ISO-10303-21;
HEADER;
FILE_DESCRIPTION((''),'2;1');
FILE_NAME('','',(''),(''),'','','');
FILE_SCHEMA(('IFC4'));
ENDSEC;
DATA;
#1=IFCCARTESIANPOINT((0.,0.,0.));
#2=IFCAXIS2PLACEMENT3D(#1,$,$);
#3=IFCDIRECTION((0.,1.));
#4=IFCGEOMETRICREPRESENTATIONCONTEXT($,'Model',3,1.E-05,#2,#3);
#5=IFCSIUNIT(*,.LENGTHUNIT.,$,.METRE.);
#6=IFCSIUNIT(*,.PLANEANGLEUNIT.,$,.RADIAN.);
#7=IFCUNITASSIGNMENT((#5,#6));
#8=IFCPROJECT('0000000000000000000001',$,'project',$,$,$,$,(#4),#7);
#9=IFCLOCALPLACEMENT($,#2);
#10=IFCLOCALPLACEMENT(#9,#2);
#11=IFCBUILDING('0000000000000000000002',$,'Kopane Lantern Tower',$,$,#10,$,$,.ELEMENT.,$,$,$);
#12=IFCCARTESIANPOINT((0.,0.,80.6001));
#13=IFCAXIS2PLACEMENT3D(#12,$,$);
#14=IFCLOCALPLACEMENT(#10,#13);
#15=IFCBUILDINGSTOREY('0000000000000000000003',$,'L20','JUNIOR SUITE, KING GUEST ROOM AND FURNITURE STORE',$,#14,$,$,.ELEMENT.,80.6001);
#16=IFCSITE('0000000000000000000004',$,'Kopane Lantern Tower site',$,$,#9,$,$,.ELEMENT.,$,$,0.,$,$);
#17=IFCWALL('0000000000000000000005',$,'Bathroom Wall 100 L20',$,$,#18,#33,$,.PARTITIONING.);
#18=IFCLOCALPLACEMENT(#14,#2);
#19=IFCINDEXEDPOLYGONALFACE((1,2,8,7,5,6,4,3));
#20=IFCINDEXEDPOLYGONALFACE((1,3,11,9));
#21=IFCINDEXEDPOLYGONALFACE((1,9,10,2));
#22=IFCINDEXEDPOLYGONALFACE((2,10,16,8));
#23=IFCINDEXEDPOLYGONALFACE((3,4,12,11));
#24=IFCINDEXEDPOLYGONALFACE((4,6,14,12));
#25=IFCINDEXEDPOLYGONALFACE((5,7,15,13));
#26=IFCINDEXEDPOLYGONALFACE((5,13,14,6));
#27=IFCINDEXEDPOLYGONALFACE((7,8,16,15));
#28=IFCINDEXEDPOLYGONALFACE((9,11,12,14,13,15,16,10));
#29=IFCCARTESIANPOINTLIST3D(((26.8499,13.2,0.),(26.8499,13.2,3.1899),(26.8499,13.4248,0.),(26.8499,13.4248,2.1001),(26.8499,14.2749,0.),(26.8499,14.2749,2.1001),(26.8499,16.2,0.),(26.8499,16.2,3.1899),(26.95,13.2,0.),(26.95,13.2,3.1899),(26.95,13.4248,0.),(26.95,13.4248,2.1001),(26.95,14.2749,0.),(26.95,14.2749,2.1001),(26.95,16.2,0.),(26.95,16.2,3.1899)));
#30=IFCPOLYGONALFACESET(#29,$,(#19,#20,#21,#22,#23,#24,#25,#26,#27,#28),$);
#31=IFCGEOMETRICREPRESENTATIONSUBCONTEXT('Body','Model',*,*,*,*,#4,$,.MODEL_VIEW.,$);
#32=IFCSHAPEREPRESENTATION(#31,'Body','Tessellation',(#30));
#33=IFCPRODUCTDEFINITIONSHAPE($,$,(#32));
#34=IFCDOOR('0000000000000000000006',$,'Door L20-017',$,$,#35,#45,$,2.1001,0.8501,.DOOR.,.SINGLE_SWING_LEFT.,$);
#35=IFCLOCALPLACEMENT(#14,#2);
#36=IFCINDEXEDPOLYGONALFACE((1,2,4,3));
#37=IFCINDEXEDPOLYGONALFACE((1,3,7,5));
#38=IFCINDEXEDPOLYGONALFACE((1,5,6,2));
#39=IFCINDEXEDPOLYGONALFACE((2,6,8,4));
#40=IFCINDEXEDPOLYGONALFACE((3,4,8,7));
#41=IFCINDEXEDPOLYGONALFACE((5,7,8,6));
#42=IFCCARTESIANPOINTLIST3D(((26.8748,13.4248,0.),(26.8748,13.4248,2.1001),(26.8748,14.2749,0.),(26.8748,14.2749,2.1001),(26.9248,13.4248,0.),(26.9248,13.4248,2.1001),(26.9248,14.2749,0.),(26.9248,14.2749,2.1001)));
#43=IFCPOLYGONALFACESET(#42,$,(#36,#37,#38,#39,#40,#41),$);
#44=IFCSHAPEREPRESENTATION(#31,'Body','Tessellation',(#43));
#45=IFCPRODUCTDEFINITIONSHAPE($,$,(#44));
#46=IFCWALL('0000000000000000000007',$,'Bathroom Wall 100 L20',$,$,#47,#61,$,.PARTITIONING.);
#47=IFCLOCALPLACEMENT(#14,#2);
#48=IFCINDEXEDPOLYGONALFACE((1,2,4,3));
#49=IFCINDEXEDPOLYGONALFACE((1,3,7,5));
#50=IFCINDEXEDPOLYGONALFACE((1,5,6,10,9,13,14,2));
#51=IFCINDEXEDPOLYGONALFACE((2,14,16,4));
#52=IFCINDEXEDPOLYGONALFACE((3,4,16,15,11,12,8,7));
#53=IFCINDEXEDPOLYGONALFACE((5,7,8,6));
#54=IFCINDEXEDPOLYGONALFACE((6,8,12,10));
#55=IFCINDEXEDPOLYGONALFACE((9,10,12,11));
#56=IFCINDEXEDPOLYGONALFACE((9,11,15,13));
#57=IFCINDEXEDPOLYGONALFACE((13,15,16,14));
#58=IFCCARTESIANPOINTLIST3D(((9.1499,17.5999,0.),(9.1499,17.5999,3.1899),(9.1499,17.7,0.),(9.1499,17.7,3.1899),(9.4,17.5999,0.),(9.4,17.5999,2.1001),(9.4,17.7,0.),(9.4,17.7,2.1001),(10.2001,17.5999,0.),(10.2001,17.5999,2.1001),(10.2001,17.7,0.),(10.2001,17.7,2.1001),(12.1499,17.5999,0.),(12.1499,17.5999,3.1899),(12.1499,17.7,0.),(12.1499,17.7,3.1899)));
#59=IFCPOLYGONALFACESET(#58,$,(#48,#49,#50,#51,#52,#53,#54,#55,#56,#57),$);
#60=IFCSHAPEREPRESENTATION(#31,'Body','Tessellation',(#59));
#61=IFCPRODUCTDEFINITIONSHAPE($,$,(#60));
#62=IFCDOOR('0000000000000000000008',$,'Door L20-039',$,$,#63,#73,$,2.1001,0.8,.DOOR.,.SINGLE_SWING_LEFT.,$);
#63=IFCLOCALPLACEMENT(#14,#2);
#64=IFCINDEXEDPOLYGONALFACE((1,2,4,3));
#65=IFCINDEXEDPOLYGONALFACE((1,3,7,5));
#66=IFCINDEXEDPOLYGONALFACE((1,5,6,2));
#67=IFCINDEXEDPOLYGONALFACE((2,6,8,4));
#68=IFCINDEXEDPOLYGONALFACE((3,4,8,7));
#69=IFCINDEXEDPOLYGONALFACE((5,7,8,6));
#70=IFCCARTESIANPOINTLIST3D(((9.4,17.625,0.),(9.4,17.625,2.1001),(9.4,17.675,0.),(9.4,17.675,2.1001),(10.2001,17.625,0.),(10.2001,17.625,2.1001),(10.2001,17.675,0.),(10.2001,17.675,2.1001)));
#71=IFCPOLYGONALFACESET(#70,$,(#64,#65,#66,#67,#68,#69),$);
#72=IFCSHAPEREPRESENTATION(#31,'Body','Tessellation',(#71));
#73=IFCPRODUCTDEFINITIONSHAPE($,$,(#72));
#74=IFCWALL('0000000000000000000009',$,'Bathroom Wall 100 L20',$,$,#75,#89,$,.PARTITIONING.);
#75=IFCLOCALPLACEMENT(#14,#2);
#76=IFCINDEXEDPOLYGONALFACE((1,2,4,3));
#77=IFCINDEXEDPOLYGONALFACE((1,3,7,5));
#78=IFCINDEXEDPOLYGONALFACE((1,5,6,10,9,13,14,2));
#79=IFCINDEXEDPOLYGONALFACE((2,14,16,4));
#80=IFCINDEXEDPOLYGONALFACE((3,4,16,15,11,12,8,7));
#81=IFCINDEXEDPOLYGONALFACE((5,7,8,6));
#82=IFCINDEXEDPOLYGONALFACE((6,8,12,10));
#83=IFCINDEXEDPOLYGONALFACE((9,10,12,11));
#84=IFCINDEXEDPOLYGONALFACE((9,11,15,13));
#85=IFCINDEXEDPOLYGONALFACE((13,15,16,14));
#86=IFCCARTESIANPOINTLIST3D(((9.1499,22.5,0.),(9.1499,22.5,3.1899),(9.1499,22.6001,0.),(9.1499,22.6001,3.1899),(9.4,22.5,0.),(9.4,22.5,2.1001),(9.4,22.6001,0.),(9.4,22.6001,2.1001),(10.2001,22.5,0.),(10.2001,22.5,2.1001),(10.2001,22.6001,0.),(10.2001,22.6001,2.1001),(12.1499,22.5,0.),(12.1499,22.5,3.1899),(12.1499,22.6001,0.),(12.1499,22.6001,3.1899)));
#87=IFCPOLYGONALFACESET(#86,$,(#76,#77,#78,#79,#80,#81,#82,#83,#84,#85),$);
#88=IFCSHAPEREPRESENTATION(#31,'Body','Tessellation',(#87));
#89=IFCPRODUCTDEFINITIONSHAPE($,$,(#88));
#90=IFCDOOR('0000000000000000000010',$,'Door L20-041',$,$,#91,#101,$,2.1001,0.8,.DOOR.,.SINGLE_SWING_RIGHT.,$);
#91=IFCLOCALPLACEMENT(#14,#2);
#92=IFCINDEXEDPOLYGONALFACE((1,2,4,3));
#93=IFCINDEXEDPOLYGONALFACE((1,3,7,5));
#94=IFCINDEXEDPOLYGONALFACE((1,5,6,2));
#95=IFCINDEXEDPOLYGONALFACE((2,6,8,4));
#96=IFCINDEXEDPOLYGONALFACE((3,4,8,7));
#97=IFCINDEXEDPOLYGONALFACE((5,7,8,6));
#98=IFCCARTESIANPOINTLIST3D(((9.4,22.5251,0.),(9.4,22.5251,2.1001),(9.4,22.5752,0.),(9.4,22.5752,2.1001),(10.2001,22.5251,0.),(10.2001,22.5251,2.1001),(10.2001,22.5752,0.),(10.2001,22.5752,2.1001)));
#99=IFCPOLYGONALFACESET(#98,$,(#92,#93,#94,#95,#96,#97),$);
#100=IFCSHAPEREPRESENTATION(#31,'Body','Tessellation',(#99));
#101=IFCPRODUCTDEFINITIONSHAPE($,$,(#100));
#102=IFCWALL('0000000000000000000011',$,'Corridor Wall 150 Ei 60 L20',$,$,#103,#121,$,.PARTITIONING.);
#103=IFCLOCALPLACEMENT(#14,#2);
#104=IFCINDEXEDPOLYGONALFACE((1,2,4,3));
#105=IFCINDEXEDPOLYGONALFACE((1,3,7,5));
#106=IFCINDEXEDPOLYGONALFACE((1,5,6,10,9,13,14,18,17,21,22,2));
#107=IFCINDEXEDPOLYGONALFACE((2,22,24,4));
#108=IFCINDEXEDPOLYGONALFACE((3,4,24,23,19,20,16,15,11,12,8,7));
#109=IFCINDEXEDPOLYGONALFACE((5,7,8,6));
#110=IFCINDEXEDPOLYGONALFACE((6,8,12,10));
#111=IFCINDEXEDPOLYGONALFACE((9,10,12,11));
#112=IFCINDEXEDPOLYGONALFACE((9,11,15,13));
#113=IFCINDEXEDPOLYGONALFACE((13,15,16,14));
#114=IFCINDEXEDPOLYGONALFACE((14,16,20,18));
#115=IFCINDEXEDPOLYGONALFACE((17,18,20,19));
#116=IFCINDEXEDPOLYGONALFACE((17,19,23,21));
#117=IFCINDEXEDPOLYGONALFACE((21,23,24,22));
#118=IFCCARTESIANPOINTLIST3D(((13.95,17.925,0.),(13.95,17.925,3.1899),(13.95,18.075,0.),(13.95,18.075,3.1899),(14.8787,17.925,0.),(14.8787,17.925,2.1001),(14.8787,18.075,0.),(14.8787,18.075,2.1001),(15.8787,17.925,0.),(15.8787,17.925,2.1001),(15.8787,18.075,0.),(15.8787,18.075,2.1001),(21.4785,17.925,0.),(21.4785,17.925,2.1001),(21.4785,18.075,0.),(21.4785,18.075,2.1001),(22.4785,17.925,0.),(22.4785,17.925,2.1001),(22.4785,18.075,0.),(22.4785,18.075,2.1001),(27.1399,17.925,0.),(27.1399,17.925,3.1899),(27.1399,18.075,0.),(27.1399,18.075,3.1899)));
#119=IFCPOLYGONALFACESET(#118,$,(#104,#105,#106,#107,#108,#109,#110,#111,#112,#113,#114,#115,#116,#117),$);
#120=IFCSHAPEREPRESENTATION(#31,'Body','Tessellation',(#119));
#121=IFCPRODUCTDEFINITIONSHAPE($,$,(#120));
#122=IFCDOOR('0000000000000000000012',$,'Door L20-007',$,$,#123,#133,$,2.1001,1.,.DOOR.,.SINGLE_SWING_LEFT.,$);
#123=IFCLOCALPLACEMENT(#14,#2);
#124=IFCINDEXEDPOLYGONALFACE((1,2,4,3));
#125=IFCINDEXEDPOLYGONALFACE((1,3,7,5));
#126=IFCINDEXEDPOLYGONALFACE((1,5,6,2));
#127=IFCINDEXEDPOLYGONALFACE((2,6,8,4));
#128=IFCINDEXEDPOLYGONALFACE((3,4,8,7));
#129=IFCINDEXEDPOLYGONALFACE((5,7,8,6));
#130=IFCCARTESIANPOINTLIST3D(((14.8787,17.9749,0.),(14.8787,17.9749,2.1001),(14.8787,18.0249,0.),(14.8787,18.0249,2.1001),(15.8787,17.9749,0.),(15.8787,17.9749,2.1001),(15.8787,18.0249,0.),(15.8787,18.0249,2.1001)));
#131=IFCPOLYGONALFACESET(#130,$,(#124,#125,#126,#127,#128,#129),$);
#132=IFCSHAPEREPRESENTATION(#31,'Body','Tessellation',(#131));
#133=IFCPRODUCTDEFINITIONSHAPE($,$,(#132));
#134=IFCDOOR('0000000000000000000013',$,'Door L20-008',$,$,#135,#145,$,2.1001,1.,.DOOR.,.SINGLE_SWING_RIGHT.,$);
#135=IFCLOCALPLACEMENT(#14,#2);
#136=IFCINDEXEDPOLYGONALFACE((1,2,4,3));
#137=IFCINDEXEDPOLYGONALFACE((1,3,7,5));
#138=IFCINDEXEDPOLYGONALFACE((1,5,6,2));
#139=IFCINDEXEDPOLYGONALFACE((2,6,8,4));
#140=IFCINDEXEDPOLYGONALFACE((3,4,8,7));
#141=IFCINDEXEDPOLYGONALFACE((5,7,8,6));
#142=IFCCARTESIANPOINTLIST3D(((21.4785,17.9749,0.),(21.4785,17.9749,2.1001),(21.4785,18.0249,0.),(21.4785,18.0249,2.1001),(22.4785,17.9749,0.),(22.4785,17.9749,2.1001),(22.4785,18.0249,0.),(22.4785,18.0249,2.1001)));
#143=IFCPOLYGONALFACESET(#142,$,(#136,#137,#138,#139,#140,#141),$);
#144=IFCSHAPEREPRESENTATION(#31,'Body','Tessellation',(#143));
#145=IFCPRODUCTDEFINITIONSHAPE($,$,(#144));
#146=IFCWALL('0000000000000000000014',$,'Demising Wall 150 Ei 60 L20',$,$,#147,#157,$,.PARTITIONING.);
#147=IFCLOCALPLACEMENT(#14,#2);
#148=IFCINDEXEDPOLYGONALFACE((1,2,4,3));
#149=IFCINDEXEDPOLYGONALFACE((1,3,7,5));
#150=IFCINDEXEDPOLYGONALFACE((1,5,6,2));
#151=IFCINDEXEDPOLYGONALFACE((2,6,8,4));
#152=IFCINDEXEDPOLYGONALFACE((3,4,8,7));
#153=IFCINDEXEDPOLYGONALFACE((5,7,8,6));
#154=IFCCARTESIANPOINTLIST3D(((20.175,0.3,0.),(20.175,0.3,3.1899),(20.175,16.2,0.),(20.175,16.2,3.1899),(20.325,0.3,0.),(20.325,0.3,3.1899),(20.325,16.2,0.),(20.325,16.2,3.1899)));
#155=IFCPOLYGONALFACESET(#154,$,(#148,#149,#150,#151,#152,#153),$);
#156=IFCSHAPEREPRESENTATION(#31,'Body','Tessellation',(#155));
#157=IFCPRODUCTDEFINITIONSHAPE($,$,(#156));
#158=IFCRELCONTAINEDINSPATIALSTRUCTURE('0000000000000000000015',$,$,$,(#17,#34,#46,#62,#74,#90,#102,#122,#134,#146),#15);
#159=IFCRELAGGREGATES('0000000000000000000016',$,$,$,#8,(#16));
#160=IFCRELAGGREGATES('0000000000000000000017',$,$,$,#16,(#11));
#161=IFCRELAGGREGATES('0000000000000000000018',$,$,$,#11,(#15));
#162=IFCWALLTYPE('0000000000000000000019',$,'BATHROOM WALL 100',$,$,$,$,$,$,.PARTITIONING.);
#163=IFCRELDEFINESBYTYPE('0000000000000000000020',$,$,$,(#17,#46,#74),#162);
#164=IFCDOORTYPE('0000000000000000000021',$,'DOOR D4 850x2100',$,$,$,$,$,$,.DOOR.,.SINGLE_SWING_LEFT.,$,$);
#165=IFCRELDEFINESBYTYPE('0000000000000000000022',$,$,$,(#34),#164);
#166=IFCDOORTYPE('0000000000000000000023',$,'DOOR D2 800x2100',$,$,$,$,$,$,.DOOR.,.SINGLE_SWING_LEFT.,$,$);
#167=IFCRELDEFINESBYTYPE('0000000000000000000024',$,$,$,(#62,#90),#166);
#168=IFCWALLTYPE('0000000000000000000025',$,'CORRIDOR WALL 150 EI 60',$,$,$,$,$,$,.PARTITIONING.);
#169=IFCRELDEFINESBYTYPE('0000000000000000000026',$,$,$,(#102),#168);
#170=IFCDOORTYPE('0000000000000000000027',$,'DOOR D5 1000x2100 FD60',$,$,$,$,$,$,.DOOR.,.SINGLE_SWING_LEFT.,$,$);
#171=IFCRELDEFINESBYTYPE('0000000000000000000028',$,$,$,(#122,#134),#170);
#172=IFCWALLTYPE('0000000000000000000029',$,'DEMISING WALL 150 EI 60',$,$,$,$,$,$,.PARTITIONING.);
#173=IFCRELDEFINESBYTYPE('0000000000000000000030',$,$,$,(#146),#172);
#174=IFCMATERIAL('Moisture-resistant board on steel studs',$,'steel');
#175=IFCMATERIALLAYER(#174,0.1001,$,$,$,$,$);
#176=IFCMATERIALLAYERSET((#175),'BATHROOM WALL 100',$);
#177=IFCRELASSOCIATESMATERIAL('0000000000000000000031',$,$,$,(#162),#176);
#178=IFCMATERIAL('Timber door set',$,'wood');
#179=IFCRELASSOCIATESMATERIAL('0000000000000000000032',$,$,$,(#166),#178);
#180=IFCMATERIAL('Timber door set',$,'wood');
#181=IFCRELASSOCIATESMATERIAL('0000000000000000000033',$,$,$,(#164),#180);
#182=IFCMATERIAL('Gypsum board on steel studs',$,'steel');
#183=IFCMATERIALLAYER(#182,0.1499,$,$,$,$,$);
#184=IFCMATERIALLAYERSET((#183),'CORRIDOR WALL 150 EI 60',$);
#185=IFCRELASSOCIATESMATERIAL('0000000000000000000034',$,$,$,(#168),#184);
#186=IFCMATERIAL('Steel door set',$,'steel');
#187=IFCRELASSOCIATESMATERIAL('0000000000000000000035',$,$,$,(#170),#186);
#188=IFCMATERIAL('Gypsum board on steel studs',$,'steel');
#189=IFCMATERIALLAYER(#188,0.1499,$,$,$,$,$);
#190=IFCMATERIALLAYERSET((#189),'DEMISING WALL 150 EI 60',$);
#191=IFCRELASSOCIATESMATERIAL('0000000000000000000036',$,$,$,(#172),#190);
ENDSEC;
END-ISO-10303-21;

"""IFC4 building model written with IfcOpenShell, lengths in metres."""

from ifc_helpers import new_model, si_unit, direction, frame, frame_2d, origin, place, context, subcontext, project, spatial, rectangle, extrude, material, layer, layer_set, type_object, element, fill, save


model = new_model("IFC4")

# Units and contexts
model_context = context("Model", 3, precision=1e-05, world=origin(), true_north=direction((0.0, 1.0)))
body_context = subcontext(model_context, "Body", "Model", "MODEL_VIEW")
ifc_project = project(units=[si_unit("LENGTHUNIT", "METRE"), si_unit("PLANEANGLEUNIT", "RADIAN")], contexts=[model_context])

# Site, building, storey
site_placement = place(None, origin())
site = spatial("IfcSite", under=ifc_project, at=site_placement, Name="Kopane Lantern Tower site", CompositionType="ELEMENT", RefElevation=0.0)
building_placement = place(site_placement, origin())
building = spatial("IfcBuilding", under=site, at=building_placement, Name="Kopane Lantern Tower", CompositionType="ELEMENT")
storey_placement = place(building_placement, frame((0.0, 0.0, 80.6001)))
storey = spatial("IfcBuildingStorey", under=building, at=storey_placement, Name="L20", Description="JUNIOR SUITE, KING GUEST ROOM AND FURNITURE STORE", CompositionType="ELEMENT", Elevation=80.6001)

# Walls, openings, doors
ifc_material_1 = material(Name="Moisture-resistant board on steel studs", Category="steel")
ifc_layer_1 = layer(ifc_material_1, 0.1001)
ifc_layer_set_1 = layer_set([ifc_layer_1], Name="BATHROOM WALL 100")
wall_type_1 = type_object("IfcWallType", Name="BATHROOM WALL 100", PredefinedType="PARTITIONING", material=ifc_layer_set_1)
ifc_material_2 = material(Name="Timber door set", Category="wood")
door_type_1 = type_object("IfcDoorType", Name="DOOR D2 800x2100", OperationType="SINGLE_SWING_LEFT", PredefinedType="DOOR", material=ifc_material_2)
wall_1_placement = place(storey_placement, frame((26.8999, 16.2, 0.0), z_axis=(0.0, 0.0, 1.0), x_axis=(0.0, -1.0, 0.0)))
wall_1 = element("IfcWall", 1, at=wall_1_placement, inside=storey, type_object=wall_type_1, Name="Bathroom Wall 100 L20", PredefinedType="PARTITIONING", context=body_context, shape_type="SweptSolid", body=[
    extrude(rectangle(XDim=3.0, YDim=0.1001, at=frame_2d((1.5, 0.0))), origin(), (0.0, 0.0, 1.0), 3.1899),
])
opening_1_placement = place(wall_1_placement, frame((1.925, 0.0, 0.0)))
opening_1 = element("IfcOpeningElement", 2, at=opening_1_placement, cuts=wall_1, PredefinedType="OPENING", context=body_context, shape_type="SweptSolid", body=[
    extrude(rectangle(XDim=0.8501, YDim=2.1001, at=frame_2d((0.425, 1.05))), frame((0.0, 0.0601, 0.0), z_axis=(0.0, -1.0, 0.0), x_axis=(1.0, 0.0, 0.0)), (0.0, 0.0, 1.0), 0.1201),
])
ifc_material_3 = material(Name="Timber door set", Category="wood")
door_type_2 = type_object("IfcDoorType", Name="DOOR D4 850x2100", OperationType="SINGLE_SWING_LEFT", PredefinedType="DOOR", material=ifc_material_3)
door_1_placement = place(opening_1_placement, origin())
door_1 = element("IfcDoor", 3, at=door_1_placement, inside=storey, type_object=door_type_2, Name="Door L20-017", OperationType="SINGLE_SWING_LEFT", OverallHeight=2.1001, OverallWidth=0.8501, PredefinedType="DOOR", context=body_context, shape_type="SweptSolid", body=[
    extrude(rectangle(XDim=0.8501, YDim=2.1001, at=frame_2d((0.425, 1.05))), frame((0.0, 0.0249, 0.0), z_axis=(0.0, -1.0, 0.0), x_axis=(1.0, 0.0, 0.0)), (0.0, 0.0, 1.0), 0.05),
])
fill(opening_1, door_1)
wall_2_placement = place(storey_placement, frame((12.1499, 17.6499, 0.0), z_axis=(0.0, 0.0, 1.0), x_axis=(-1.0, 0.0, 0.0)))
wall_2 = element("IfcWall", 4, at=wall_2_placement, inside=storey, type_object=wall_type_1, Name="Bathroom Wall 100 L20", PredefinedType="PARTITIONING", context=body_context, shape_type="SweptSolid", body=[
    extrude(rectangle(XDim=3.0, YDim=0.1001, at=frame_2d((1.5, 0.0))), origin(), (0.0, 0.0, 1.0), 3.1899),
])
opening_2_placement = place(wall_2_placement, frame((1.95, 0.0, 0.0)))
opening_2 = element("IfcOpeningElement", 5, at=opening_2_placement, cuts=wall_2, PredefinedType="OPENING", context=body_context, shape_type="SweptSolid", body=[
    extrude(rectangle(XDim=0.8, YDim=2.1001, at=frame_2d((0.3999, 1.05))), frame((0.0, 0.0601, 0.0), z_axis=(0.0, -1.0, 0.0), x_axis=(1.0, 0.0, 0.0)), (0.0, 0.0, 1.0), 0.1201),
])
door_2_placement = place(opening_2_placement, origin())
door_2 = element("IfcDoor", 6, at=door_2_placement, inside=storey, type_object=door_type_1, Name="Door L20-039", OperationType="SINGLE_SWING_LEFT", OverallHeight=2.1001, OverallWidth=0.8, PredefinedType="DOOR", context=body_context, shape_type="SweptSolid", body=[
    extrude(rectangle(XDim=0.8, YDim=2.1001, at=frame_2d((0.3999, 1.05))), frame((0.0, 0.0249, 0.0), z_axis=(0.0, -1.0, 0.0), x_axis=(1.0, 0.0, 0.0)), (0.0, 0.0, 1.0), 0.05),
])
fill(opening_2, door_2)
wall_3_placement = place(storey_placement, frame((12.1499, 22.55, 0.0), z_axis=(0.0, 0.0, 1.0), x_axis=(-1.0, 0.0, 0.0)))
wall_3 = element("IfcWall", 7, at=wall_3_placement, inside=storey, type_object=wall_type_1, Name="Bathroom Wall 100 L20", PredefinedType="PARTITIONING", context=body_context, shape_type="SweptSolid", body=[
    extrude(rectangle(XDim=3.0, YDim=0.1001, at=frame_2d((1.5, 0.0))), origin(), (0.0, 0.0, 1.0), 3.1899),
])
opening_3_placement = place(wall_3_placement, frame((1.95, 0.0, 0.0)))
opening_3 = element("IfcOpeningElement", 8, at=opening_3_placement, cuts=wall_3, PredefinedType="OPENING", context=body_context, shape_type="SweptSolid", body=[
    extrude(rectangle(XDim=0.8, YDim=2.1001, at=frame_2d((0.3999, 1.05))), frame((0.0, 0.0601, 0.0), z_axis=(0.0, -1.0, 0.0), x_axis=(1.0, 0.0, 0.0)), (0.0, 0.0, 1.0), 0.1201),
])
door_3_placement = place(opening_3_placement, origin())
door_3 = element("IfcDoor", 9, at=door_3_placement, inside=storey, type_object=door_type_1, Name="Door L20-041", OperationType="SINGLE_SWING_RIGHT", OverallHeight=2.1001, OverallWidth=0.8, PredefinedType="DOOR", context=body_context, shape_type="SweptSolid", body=[
    extrude(rectangle(XDim=0.8, YDim=2.1001, at=frame_2d((0.3999, 1.05))), frame((0.0, 0.0249, 0.0), z_axis=(0.0, -1.0, 0.0), x_axis=(1.0, 0.0, 0.0)), (0.0, 0.0, 1.0), 0.05),
])
fill(opening_3, door_3)

# Wall, openings, doors
ifc_material_4 = material(Name="Gypsum board on steel studs", Category="steel")
ifc_layer_2 = layer(ifc_material_4, 0.1499)
ifc_layer_set_2 = layer_set([ifc_layer_2], Name="CORRIDOR WALL 150 EI 60")
wall_type_2 = type_object("IfcWallType", Name="CORRIDOR WALL 150 EI 60", PredefinedType="PARTITIONING", material=ifc_layer_set_2)
wall_4_placement = place(storey_placement, frame((13.95, 18.0, 0.0), z_axis=(0.0, 0.0, 1.0), x_axis=(1.0, 0.0, 0.0)))
wall_4 = element("IfcWall", 10, at=wall_4_placement, inside=storey, type_object=wall_type_2, Name="Corridor Wall 150 Ei 60 L20", PredefinedType="PARTITIONING", context=body_context, shape_type="SweptSolid", body=[
    extrude(rectangle(XDim=13.1899, YDim=0.1499, at=frame_2d((6.595, 0.0))), origin(), (0.0, 0.0, 1.0), 3.1899),
])
opening_4_placement = place(wall_4_placement, frame((0.9287, 0.0, 0.0)))
opening_4 = element("IfcOpeningElement", 11, at=opening_4_placement, cuts=wall_4, PredefinedType="OPENING", context=body_context, shape_type="SweptSolid", body=[
    extrude(rectangle(XDim=1.0, YDim=2.1001, at=frame_2d((0.5, 1.05))), frame((0.0, 0.085, 0.0), z_axis=(0.0, -1.0, 0.0), x_axis=(1.0, 0.0, 0.0)), (0.0, 0.0, 1.0), 0.1699),
])
opening_5_placement = place(wall_4_placement, frame((7.5286, 0.0, 0.0)))
opening_5 = element("IfcOpeningElement", 12, at=opening_5_placement, cuts=wall_4, PredefinedType="OPENING", context=body_context, shape_type="SweptSolid", body=[
    extrude(rectangle(XDim=1.0, YDim=2.1001, at=frame_2d((0.5, 1.05))), frame((0.0, 0.085, 0.0), z_axis=(0.0, -1.0, 0.0), x_axis=(1.0, 0.0, 0.0)), (0.0, 0.0, 1.0), 0.1699),
])
ifc_material_5 = material(Name="Steel door set", Category="steel")
door_type_3 = type_object("IfcDoorType", Name="DOOR D5 1000x2100 FD60", OperationType="SINGLE_SWING_LEFT", PredefinedType="DOOR", material=ifc_material_5)
door_4_placement = place(opening_4_placement, origin())
door_4 = element("IfcDoor", 13, at=door_4_placement, inside=storey, type_object=door_type_3, Name="Door L20-007", OperationType="SINGLE_SWING_LEFT", OverallHeight=2.1001, OverallWidth=1.0, PredefinedType="DOOR", context=body_context, shape_type="SweptSolid", body=[
    extrude(rectangle(XDim=1.0, YDim=2.1001, at=frame_2d((0.5, 1.05))), frame((0.0, 0.0249, 0.0), z_axis=(0.0, -1.0, 0.0), x_axis=(1.0, 0.0, 0.0)), (0.0, 0.0, 1.0), 0.05),
])
fill(opening_4, door_4)
door_5_placement = place(opening_5_placement, origin())
door_5 = element("IfcDoor", 14, at=door_5_placement, inside=storey, type_object=door_type_3, Name="Door L20-008", OperationType="SINGLE_SWING_RIGHT", OverallHeight=2.1001, OverallWidth=1.0, PredefinedType="DOOR", context=body_context, shape_type="SweptSolid", body=[
    extrude(rectangle(XDim=1.0, YDim=2.1001, at=frame_2d((0.5, 1.05))), frame((0.0, 0.0249, 0.0), z_axis=(0.0, -1.0, 0.0), x_axis=(1.0, 0.0, 0.0)), (0.0, 0.0, 1.0), 0.05),
])
fill(opening_5, door_5)

# Wall
ifc_material_6 = material(Name="Gypsum board on steel studs", Category="steel")
ifc_layer_3 = layer(ifc_material_6, 0.1499)
ifc_layer_set_3 = layer_set([ifc_layer_3], Name="DEMISING WALL 150 EI 60")
wall_type_3 = type_object("IfcWallType", Name="DEMISING WALL 150 EI 60", PredefinedType="PARTITIONING", material=ifc_layer_set_3)
wall_5_placement = place(storey_placement, frame((20.25, 16.2, 0.0), z_axis=(0.0, 0.0, 1.0), x_axis=(0.0, -1.0, 0.0)))
element("IfcWall", 15, at=wall_5_placement, inside=storey, type_object=wall_type_3, Name="Demising Wall 150 Ei 60 L20", PredefinedType="PARTITIONING", context=body_context, shape_type="SweptSolid", body=[
    extrude(rectangle(XDim=15.8999, YDim=0.1499, at=frame_2d((7.95, 0.0))), origin(), (0.0, 0.0, 1.0), 3.1899),
])

save(model, "model.ifc")
